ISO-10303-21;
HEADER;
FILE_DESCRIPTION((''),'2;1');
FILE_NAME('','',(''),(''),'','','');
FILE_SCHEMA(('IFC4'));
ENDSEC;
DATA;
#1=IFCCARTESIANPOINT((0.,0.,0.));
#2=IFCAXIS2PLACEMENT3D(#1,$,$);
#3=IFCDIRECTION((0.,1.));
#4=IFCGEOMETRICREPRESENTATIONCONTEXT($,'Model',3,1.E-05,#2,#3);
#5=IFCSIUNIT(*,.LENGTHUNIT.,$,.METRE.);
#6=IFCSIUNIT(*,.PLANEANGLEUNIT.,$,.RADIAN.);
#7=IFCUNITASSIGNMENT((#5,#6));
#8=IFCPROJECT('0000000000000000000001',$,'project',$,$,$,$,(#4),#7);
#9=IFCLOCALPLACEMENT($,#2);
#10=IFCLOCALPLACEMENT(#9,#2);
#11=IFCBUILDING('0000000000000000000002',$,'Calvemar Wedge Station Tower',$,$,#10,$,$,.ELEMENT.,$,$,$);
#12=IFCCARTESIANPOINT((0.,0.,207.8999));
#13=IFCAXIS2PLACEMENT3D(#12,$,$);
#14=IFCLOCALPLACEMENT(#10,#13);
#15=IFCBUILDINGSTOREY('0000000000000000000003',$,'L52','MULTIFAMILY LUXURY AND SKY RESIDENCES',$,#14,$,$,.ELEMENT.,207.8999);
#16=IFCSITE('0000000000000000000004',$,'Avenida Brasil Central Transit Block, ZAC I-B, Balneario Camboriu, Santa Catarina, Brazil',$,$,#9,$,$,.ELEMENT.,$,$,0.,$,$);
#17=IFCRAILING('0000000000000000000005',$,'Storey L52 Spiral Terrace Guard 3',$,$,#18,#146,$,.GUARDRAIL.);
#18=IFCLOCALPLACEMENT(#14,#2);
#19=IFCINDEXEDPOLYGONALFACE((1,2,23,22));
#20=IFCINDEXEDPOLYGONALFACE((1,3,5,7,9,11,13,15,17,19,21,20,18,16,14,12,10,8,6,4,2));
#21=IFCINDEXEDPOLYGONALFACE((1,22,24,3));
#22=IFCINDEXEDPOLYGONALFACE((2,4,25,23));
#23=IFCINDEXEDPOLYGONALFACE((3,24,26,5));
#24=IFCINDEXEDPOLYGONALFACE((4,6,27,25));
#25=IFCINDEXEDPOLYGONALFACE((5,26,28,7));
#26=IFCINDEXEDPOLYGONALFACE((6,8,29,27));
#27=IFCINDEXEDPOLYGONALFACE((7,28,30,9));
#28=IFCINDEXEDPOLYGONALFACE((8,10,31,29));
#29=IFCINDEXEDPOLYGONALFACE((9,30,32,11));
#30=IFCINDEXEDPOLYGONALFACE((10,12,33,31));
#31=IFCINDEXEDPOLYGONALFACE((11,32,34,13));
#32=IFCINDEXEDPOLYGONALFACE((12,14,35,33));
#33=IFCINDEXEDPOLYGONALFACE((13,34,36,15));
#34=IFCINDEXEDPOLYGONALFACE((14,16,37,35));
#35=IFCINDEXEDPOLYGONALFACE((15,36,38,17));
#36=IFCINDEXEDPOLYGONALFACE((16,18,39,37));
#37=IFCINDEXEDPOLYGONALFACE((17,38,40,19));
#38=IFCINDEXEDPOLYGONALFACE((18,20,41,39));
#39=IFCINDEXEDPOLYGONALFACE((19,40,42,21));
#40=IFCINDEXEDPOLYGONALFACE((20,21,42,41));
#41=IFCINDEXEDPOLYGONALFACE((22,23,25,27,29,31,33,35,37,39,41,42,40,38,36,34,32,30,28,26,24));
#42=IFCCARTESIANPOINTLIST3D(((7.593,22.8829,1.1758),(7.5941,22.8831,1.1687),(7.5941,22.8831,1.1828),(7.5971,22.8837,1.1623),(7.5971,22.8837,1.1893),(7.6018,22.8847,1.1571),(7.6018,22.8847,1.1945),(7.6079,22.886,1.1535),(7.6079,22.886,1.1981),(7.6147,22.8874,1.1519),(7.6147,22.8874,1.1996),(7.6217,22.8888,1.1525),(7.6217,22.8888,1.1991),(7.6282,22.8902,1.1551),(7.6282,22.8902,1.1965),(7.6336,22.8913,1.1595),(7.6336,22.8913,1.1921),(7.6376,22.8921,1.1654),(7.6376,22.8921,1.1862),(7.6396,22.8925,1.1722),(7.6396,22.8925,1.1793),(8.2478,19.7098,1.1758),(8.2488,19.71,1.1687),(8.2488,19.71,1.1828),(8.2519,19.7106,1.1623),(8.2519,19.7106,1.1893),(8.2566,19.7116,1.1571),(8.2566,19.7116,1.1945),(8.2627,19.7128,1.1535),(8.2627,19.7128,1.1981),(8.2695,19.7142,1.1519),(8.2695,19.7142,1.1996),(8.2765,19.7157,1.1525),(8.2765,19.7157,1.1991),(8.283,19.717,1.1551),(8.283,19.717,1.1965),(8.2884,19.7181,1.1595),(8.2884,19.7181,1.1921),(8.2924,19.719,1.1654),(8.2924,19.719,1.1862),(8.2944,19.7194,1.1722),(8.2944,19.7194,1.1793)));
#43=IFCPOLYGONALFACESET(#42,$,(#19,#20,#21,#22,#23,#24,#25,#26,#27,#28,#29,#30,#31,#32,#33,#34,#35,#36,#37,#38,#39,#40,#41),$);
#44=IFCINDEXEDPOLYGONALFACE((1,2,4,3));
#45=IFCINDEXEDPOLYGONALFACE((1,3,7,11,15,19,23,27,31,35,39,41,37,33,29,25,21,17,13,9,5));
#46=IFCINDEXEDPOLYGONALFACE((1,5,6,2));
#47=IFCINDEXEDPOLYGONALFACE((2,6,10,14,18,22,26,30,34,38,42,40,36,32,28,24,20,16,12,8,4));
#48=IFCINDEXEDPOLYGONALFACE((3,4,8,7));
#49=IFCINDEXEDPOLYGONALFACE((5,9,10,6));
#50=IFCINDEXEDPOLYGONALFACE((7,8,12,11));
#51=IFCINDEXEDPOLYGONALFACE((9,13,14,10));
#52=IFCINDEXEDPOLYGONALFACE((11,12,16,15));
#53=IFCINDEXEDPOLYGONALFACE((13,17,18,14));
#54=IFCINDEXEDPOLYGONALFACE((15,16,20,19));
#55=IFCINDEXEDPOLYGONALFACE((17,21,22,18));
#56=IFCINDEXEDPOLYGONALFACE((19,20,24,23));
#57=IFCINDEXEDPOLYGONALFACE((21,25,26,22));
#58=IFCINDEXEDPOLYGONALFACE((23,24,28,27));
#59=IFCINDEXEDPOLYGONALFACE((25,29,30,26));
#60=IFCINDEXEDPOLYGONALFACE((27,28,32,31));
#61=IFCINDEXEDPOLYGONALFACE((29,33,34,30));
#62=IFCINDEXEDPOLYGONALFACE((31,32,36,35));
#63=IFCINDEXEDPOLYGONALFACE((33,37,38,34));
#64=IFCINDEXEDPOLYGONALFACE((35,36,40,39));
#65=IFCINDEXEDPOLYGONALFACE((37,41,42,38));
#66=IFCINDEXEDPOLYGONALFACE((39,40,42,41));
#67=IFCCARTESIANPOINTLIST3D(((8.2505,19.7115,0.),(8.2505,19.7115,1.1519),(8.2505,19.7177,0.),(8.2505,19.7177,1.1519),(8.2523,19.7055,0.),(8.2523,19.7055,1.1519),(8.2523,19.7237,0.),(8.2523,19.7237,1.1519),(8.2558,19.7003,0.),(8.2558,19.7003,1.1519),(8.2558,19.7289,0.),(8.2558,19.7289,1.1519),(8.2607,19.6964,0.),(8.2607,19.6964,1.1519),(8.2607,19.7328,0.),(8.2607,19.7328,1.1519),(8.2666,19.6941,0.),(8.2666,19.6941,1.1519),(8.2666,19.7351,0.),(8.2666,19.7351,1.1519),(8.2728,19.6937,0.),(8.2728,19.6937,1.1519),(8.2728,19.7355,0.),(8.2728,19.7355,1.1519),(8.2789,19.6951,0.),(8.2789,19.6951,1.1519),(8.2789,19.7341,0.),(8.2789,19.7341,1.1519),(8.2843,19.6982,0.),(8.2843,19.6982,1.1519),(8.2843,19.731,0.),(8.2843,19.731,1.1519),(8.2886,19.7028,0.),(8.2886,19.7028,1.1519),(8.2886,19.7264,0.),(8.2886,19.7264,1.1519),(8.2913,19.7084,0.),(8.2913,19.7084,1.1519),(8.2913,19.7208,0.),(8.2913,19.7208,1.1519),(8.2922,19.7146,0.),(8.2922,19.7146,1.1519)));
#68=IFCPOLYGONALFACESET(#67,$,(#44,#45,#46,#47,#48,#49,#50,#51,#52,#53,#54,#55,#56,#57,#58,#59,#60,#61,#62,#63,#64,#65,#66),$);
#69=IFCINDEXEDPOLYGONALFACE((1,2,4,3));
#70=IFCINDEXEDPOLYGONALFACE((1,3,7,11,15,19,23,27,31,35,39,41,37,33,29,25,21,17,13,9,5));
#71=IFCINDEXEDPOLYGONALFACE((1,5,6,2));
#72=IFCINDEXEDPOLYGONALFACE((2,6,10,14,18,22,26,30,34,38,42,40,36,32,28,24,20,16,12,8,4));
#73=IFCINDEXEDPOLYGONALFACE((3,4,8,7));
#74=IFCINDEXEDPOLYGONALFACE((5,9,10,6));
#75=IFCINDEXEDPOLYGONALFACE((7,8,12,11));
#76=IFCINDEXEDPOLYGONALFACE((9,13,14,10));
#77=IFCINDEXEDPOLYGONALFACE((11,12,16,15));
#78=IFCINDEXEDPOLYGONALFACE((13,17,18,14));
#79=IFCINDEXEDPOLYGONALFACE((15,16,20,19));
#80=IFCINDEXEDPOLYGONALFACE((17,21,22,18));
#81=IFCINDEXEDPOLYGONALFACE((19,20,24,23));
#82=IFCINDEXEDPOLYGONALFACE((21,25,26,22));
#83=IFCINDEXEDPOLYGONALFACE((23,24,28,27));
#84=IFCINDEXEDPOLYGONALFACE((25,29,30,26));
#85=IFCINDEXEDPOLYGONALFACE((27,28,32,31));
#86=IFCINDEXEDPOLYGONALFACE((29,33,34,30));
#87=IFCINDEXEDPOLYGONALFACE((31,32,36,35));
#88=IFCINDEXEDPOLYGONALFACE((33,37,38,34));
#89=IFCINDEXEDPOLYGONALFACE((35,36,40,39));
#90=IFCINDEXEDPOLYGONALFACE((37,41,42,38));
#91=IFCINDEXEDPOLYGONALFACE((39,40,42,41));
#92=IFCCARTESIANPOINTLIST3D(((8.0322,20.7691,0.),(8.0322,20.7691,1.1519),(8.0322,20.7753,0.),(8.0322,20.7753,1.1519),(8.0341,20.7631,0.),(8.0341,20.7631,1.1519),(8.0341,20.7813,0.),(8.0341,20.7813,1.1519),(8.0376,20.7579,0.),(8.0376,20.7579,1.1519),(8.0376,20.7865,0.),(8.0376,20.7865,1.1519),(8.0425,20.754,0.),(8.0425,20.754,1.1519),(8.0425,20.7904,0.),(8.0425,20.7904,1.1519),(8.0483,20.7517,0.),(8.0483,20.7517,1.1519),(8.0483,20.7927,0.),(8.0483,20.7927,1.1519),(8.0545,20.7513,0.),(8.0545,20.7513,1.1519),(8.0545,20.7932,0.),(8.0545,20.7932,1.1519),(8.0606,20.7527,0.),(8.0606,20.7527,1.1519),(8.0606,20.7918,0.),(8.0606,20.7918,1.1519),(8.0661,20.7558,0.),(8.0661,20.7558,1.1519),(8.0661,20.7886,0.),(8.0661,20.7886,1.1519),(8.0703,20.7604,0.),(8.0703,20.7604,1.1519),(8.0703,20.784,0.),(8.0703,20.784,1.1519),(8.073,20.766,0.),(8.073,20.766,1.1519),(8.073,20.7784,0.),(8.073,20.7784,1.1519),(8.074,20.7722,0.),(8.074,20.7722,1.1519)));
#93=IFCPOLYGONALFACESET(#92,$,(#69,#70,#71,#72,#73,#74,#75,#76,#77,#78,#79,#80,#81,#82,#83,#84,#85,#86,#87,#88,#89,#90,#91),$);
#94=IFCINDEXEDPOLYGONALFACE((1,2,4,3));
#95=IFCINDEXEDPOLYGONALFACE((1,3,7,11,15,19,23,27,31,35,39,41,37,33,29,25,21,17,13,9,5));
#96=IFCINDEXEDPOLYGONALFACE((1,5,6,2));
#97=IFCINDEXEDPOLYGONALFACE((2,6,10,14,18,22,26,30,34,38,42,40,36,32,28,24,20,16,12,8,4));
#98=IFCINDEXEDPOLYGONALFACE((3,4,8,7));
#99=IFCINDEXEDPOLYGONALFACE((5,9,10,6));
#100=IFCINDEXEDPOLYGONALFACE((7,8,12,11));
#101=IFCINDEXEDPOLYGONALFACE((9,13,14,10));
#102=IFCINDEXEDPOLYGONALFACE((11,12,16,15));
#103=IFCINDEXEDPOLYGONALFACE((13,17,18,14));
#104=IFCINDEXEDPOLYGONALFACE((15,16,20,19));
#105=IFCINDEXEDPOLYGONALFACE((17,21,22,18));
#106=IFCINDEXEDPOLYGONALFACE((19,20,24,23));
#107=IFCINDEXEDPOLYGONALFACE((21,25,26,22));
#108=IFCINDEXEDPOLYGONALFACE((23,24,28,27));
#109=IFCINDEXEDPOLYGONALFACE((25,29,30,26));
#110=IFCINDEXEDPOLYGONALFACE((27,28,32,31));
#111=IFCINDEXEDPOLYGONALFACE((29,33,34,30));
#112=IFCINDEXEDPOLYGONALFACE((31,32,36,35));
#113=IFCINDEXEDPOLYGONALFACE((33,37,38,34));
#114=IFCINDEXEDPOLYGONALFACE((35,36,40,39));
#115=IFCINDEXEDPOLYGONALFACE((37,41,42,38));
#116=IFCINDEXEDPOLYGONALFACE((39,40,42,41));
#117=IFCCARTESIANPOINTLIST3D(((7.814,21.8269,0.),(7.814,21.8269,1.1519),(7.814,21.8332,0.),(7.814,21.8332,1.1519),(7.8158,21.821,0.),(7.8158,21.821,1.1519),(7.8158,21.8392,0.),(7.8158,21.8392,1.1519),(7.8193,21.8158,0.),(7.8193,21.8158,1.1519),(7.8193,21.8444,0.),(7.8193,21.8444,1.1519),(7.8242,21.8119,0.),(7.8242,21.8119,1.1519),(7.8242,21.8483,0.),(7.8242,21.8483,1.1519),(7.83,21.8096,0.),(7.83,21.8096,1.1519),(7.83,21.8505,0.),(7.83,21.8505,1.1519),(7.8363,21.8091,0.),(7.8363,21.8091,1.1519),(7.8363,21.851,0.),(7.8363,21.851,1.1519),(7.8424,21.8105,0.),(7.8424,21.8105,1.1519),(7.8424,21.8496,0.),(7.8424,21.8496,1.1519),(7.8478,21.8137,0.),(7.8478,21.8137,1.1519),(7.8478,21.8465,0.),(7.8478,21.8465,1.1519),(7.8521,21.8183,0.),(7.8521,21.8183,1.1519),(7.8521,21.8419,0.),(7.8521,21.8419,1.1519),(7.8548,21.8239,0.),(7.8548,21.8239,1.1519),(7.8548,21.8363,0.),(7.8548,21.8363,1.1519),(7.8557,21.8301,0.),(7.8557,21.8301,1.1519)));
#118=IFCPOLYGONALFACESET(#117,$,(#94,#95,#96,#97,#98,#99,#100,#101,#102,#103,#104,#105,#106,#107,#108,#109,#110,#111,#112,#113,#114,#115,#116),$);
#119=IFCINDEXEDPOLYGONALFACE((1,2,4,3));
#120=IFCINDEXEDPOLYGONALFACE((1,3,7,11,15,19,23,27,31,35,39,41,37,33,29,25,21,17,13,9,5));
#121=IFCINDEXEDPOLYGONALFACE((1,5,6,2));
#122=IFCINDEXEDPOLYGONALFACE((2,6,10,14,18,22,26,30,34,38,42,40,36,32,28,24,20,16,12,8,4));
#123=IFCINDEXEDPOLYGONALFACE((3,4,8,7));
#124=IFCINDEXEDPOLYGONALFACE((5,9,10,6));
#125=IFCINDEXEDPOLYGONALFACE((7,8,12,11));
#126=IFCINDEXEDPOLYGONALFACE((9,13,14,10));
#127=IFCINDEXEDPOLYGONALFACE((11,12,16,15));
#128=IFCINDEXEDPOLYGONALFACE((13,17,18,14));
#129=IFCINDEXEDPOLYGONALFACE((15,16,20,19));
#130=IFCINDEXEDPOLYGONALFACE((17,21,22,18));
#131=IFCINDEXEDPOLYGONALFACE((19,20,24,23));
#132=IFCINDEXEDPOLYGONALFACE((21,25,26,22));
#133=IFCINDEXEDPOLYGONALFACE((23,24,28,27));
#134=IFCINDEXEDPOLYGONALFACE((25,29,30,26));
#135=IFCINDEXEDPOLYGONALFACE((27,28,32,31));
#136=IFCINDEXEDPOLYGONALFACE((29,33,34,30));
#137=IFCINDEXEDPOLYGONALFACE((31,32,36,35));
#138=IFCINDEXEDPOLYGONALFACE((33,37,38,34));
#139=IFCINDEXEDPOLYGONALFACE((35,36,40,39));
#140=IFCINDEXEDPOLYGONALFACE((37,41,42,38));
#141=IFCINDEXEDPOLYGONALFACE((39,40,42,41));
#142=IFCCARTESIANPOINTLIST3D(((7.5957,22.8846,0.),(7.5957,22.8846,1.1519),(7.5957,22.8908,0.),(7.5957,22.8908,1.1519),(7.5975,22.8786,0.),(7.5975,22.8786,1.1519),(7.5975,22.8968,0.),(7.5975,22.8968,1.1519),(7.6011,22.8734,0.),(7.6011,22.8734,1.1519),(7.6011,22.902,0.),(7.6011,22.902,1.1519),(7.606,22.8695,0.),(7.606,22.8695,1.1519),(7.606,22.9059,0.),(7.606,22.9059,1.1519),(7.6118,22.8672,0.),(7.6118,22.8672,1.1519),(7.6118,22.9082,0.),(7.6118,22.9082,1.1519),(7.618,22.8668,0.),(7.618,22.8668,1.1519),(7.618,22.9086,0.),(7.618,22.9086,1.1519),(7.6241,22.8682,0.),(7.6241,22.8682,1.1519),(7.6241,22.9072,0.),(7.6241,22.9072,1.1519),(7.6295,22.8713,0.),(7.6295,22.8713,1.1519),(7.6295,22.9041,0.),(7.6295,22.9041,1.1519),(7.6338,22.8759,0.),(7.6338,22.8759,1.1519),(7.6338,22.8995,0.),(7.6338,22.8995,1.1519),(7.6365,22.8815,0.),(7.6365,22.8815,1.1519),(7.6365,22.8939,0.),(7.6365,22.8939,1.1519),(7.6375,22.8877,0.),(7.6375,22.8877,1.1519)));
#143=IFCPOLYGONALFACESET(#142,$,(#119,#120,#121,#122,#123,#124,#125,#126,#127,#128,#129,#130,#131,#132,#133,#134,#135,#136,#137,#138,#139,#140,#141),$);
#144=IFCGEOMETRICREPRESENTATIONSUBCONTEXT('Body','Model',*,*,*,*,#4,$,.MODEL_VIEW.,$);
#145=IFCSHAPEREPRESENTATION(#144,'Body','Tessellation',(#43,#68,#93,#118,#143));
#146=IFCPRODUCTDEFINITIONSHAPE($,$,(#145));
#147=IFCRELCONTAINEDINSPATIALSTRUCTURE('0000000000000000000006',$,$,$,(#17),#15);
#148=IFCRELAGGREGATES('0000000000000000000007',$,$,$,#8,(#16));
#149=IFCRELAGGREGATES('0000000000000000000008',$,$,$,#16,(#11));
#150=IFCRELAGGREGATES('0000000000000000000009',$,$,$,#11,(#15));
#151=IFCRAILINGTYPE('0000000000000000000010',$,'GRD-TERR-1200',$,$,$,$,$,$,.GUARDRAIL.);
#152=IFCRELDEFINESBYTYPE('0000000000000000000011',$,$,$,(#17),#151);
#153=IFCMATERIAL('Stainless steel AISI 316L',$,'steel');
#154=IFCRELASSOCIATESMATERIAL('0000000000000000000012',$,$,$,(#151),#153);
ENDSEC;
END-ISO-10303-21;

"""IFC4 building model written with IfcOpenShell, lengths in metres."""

from ifc_helpers import new_model, si_unit, direction, frame, origin, origin_2d, place, context, subcontext, project, spatial, circle, extrude, material, type_object, element, save


model = new_model("IFC4")

# Units and contexts
model_context = context("Model", 3, precision=1e-05, world=origin(), true_north=direction((0.0, 1.0)))
body_context = subcontext(model_context, "Body", "Model", "MODEL_VIEW")
ifc_project = project(units=[si_unit("LENGTHUNIT", "METRE"), si_unit("PLANEANGLEUNIT", "RADIAN")], contexts=[model_context])

# Site, building, storey
site_placement = place(None, origin())
site = spatial("IfcSite", under=ifc_project, at=site_placement, Name="Avenida Brasil Central Transit Block, ZAC I-B, Balneario Camboriu, Santa Catarina, Brazil", CompositionType="ELEMENT", RefElevation=0.0)
building_placement = place(site_placement, origin())
building = spatial("IfcBuilding", under=site, at=building_placement, Name="Calvemar Wedge Station Tower", CompositionType="ELEMENT")
storey_placement = place(building_placement, frame((0.0, 0.0, 207.8999)))
storey = spatial("IfcBuildingStorey", under=building, at=storey_placement, Name="L52", Description="MULTIFAMILY LUXURY AND SKY RESIDENCES", CompositionType="ELEMENT", Elevation=207.8999)

# Railing
ifc_material_1 = material(Name="Stainless steel AISI 316L", Category="steel")
railing_type = type_object("IfcRailingType", Name="GRD-TERR-1200", PredefinedType="GUARDRAIL", material=ifc_material_1)
railing_1_placement = place(storey_placement, frame((8.2712, 19.7146, 0.0)))
element("IfcRailing", 1, at=railing_1_placement, inside=storey, type_object=railing_type, Name="Storey L52 Spiral Terrace Guard 3", PredefinedType="GUARDRAIL", context=body_context, shape_type="SweptSolid", body=[
    extrude(circle(Radius=0.0239, at=origin_2d()), frame((0.0, 0.0, 1.1758), z_axis=(-0.202097, 0.979365, 0.0), x_axis=(-0.979365, -0.202097, 0.0)), (0.0, 0.0, 1.0), 3.24),
    extrude(circle(Radius=0.021, at=origin_2d()), origin(), (0.0, 0.0, 1.0), 1.1519),
    extrude(circle(Radius=0.021, at=origin_2d()), frame((-0.2183, 1.0576, 0.0)), (0.0, 0.0, 1.0), 1.1519),
    extrude(circle(Radius=0.021, at=origin_2d()), frame((-0.4365, 2.1155, 0.0)), (0.0, 0.0, 1.0), 1.1519),
    extrude(circle(Radius=0.021, at=origin_2d()), frame((-0.6548, 3.1731, 0.0)), (0.0, 0.0, 1.0), 1.1519),
])

save(model, "model.ifc")
